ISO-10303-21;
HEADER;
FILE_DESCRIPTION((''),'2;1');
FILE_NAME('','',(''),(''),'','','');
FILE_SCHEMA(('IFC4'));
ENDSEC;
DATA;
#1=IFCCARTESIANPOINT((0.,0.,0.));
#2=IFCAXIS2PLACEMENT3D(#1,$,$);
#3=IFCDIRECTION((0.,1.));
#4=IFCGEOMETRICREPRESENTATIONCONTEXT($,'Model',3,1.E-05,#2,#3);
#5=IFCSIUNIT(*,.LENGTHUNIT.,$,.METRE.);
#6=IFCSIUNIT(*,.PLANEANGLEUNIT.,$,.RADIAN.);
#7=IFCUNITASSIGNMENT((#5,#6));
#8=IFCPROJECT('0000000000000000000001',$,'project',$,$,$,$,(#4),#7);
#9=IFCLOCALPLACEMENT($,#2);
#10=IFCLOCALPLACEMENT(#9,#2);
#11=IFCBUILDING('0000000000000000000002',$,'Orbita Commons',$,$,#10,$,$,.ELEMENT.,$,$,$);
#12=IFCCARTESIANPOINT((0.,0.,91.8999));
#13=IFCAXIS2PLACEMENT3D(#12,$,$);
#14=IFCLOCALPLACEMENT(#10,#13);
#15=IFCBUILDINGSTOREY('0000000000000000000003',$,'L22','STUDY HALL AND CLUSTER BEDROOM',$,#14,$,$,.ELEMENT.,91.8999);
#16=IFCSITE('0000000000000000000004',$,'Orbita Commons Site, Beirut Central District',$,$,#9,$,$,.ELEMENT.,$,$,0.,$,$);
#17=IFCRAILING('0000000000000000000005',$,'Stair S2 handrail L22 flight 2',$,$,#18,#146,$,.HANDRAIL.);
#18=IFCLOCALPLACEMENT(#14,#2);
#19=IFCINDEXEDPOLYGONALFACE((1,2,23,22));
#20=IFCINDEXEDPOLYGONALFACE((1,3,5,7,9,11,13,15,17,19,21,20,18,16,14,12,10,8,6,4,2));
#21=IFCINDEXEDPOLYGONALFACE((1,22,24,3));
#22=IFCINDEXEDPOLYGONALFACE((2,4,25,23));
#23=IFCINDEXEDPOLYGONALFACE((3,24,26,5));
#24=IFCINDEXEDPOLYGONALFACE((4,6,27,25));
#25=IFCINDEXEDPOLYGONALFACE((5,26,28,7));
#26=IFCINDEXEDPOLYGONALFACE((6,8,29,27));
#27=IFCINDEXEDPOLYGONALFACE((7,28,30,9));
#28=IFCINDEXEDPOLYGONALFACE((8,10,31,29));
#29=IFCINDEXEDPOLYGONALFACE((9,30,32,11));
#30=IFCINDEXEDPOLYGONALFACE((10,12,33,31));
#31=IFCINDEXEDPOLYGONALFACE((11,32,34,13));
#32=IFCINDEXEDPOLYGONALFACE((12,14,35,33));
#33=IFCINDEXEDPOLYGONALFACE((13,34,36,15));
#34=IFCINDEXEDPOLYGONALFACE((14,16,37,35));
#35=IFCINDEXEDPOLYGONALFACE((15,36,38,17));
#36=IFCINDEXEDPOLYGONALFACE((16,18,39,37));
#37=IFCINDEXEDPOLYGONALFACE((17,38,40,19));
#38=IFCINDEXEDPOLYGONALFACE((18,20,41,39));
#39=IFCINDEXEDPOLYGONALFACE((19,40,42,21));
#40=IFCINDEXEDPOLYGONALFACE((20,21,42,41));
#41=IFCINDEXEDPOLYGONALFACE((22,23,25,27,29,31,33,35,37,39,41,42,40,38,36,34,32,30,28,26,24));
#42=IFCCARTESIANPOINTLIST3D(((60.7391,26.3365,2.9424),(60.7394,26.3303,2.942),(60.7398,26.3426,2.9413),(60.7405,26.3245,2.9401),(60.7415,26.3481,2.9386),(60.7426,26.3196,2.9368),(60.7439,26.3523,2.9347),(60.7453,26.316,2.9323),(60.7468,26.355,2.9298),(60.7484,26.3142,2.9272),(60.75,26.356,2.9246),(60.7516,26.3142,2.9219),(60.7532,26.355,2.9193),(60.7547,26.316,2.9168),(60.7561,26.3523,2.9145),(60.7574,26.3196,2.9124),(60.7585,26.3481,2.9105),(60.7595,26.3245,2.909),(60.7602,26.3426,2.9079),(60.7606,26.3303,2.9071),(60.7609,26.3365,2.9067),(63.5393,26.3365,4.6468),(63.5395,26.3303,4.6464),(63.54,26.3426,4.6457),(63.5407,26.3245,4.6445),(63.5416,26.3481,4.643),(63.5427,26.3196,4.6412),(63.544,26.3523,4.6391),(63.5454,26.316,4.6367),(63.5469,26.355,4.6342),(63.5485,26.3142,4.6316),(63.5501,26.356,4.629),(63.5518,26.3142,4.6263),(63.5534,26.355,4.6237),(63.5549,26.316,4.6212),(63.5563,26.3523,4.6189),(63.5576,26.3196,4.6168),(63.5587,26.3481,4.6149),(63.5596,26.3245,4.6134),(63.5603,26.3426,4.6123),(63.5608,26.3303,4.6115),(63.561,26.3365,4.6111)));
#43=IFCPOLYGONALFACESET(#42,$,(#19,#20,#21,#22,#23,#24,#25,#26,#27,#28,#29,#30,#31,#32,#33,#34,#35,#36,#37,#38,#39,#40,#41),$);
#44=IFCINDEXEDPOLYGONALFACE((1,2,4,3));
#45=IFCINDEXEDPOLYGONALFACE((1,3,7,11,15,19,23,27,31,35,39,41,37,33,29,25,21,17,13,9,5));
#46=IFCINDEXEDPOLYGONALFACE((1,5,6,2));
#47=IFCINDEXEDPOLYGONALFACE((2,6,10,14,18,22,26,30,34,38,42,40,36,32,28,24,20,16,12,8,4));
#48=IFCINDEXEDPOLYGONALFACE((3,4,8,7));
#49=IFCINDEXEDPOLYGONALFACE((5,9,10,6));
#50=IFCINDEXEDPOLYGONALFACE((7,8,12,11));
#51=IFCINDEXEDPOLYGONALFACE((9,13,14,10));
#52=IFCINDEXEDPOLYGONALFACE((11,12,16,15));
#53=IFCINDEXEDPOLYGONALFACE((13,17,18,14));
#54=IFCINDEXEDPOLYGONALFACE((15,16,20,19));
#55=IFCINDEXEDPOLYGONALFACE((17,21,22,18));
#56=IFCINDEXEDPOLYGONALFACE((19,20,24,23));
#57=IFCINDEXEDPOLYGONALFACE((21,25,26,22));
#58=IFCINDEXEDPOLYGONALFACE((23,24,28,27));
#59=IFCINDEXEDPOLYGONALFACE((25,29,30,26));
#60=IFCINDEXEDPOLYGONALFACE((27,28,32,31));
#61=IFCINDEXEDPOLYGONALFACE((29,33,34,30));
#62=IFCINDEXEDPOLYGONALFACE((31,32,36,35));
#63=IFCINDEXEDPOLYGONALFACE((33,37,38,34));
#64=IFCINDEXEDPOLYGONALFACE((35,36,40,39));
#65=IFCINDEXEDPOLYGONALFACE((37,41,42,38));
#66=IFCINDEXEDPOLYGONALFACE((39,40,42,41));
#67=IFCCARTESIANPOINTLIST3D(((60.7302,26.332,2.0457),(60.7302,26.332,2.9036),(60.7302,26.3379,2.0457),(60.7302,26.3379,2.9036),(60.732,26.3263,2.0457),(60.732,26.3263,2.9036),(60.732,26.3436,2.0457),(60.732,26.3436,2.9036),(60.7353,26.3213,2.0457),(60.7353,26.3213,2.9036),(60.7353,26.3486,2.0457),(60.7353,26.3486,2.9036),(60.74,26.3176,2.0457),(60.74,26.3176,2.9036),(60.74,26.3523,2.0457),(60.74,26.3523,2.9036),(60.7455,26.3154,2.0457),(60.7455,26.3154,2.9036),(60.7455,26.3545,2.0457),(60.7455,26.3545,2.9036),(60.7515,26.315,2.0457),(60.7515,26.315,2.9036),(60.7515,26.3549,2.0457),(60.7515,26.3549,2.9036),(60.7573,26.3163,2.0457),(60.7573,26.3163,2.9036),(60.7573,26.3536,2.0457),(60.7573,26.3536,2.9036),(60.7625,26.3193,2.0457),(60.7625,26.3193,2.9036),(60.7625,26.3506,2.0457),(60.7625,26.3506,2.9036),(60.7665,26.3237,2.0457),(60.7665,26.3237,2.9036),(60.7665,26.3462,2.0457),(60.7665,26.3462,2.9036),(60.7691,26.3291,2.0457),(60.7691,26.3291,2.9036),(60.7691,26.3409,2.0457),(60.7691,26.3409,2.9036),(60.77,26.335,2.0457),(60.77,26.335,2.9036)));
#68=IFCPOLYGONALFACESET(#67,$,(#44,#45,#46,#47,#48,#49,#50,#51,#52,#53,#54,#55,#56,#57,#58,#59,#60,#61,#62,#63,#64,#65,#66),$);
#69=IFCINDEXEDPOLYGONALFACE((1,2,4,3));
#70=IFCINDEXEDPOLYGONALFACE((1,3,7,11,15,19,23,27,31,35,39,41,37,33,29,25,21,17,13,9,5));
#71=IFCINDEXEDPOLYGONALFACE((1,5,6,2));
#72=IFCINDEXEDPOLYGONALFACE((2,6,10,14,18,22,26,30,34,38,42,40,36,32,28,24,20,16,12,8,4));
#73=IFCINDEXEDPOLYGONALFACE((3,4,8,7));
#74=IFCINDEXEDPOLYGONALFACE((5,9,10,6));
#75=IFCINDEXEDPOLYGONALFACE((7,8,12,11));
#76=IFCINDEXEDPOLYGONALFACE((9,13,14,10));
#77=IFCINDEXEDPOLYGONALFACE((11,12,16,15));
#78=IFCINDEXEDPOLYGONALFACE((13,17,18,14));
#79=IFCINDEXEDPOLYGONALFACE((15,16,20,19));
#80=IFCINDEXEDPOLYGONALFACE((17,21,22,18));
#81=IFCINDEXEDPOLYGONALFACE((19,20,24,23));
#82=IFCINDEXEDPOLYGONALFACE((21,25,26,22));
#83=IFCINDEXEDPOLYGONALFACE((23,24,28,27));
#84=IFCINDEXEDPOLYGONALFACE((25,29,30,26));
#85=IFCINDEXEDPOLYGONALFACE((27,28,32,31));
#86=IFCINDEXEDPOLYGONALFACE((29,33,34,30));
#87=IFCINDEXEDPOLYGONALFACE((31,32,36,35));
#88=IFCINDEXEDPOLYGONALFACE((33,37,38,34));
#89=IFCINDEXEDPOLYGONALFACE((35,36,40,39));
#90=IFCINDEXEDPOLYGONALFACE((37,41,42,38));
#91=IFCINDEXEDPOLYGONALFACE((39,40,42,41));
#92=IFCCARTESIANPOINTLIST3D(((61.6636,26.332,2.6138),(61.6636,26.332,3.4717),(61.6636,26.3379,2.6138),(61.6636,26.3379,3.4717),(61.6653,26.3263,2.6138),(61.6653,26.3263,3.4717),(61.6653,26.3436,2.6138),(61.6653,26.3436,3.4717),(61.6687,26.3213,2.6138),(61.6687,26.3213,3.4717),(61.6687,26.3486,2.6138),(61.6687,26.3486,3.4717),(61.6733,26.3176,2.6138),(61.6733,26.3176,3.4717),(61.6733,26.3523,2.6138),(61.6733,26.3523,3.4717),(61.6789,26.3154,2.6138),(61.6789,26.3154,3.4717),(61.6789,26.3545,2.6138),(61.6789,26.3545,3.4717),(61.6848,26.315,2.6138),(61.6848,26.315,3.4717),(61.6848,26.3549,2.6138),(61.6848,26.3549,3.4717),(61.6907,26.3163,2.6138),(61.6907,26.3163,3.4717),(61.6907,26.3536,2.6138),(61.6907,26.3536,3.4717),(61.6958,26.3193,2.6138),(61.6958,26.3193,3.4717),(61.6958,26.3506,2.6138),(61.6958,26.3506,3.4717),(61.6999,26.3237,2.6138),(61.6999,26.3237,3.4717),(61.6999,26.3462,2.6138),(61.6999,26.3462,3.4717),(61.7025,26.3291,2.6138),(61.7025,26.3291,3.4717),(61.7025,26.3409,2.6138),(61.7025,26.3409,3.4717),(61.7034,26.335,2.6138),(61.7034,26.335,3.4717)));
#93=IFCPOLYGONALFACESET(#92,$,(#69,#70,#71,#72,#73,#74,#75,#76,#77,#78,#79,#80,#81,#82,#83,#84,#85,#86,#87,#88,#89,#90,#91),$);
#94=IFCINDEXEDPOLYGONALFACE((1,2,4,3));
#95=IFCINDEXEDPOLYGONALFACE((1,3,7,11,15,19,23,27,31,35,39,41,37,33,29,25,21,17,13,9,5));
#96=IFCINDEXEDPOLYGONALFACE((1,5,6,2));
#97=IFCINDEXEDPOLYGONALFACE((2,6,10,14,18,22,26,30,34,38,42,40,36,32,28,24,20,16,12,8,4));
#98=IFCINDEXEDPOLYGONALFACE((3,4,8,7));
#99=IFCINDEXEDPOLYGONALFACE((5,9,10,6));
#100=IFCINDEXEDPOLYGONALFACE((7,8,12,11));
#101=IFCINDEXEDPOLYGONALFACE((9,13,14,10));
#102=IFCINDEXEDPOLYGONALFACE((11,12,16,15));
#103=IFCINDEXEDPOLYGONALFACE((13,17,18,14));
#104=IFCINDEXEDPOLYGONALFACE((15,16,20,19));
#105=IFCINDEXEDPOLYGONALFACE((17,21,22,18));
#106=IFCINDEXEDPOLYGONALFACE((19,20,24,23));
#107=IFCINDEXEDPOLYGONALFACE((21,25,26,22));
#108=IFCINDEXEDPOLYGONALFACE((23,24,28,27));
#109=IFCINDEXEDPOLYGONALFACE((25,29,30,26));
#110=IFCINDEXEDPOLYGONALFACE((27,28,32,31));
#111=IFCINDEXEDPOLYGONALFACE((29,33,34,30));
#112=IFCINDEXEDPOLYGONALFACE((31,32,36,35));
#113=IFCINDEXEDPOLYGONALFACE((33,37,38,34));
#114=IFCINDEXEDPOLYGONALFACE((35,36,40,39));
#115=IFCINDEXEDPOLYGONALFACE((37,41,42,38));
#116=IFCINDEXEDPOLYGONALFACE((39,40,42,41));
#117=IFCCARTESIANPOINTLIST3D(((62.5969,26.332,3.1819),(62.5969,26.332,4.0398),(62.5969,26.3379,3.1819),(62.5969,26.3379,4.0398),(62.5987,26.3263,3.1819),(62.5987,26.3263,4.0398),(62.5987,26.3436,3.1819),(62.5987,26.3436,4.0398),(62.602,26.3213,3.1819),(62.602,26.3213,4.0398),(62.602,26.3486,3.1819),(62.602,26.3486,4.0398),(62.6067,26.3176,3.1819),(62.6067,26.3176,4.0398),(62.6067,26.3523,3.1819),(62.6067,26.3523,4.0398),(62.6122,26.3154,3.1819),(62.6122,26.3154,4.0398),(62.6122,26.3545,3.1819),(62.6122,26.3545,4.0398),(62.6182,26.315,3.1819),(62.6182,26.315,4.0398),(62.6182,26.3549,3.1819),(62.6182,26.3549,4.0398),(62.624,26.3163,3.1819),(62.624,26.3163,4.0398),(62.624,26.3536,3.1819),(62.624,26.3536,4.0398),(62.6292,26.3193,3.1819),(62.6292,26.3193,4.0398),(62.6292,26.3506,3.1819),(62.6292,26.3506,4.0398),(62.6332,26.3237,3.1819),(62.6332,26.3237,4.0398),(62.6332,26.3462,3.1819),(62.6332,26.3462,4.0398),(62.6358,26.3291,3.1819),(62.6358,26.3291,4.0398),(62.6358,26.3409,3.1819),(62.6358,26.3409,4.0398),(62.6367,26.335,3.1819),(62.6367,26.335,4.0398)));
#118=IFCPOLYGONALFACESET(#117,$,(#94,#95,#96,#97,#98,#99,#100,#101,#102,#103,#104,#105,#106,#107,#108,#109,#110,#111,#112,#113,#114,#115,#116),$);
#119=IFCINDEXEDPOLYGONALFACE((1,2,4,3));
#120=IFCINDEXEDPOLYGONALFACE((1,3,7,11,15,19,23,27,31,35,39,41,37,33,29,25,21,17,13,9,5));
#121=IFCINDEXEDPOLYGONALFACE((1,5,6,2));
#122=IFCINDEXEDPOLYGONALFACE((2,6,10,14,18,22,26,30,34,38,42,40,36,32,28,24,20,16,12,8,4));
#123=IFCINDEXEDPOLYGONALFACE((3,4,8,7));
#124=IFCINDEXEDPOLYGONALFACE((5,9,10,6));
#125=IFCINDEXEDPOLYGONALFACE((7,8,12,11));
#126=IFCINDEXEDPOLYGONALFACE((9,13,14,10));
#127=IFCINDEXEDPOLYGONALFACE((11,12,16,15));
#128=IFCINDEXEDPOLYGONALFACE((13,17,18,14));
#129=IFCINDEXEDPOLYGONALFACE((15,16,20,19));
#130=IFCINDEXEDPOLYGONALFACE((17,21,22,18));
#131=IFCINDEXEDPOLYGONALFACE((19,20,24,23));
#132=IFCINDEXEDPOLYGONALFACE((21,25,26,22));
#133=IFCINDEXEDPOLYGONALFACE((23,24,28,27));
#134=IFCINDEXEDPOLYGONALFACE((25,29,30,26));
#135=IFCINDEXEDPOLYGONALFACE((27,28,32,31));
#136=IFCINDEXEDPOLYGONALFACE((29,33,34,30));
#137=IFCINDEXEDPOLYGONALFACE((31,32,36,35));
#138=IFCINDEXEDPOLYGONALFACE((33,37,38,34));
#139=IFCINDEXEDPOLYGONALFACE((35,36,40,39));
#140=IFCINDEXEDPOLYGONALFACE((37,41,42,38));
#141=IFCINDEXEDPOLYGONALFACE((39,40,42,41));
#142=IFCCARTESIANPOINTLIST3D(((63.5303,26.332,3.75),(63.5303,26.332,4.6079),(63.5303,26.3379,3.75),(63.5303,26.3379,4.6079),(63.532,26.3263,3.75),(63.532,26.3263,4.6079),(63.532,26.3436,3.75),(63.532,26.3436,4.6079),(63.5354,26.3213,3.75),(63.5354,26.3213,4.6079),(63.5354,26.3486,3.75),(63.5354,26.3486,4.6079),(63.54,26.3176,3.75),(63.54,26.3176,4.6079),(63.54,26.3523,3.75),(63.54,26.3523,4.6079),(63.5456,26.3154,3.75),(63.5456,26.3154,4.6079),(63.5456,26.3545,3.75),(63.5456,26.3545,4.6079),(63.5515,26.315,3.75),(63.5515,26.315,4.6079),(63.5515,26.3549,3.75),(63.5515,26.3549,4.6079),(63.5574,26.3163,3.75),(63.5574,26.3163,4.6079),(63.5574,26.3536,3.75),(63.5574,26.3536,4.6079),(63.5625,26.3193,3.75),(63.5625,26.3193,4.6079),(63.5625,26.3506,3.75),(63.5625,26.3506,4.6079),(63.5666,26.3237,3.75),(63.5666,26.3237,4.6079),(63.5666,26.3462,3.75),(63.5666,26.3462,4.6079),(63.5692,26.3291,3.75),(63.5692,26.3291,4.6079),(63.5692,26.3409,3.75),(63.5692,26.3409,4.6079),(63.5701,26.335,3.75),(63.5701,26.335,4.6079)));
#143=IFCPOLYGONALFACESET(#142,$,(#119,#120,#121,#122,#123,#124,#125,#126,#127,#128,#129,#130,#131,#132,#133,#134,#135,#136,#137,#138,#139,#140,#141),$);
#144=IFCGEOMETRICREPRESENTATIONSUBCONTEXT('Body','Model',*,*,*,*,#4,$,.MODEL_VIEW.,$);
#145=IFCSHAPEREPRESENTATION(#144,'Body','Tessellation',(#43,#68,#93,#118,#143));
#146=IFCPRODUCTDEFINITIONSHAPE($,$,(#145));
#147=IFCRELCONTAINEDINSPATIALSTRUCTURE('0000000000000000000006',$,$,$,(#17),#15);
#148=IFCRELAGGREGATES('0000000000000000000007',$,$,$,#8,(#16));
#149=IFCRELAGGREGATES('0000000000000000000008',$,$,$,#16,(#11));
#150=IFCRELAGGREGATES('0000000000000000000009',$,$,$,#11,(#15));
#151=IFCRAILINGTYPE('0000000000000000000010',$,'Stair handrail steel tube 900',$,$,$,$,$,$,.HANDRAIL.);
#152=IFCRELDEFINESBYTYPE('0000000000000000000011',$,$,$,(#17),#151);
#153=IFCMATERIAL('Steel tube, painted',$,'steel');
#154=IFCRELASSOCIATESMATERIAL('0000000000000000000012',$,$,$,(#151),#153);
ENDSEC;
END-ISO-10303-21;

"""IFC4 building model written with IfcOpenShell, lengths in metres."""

from ifc_helpers import new_model, si_unit, direction, frame, origin, origin_2d, place, context, subcontext, project, spatial, circle, extrude, material, type_object, element, save


model = new_model("IFC4")

# Units and contexts
model_context = context("Model", 3, precision=1e-05, world=origin(), true_north=direction((0.0, 1.0)))
body_context = subcontext(model_context, "Body", "Model", "MODEL_VIEW")
ifc_project = project(units=[si_unit("LENGTHUNIT", "METRE"), si_unit("PLANEANGLEUNIT", "RADIAN")], contexts=[model_context])

# Site, building, storey
site_placement = place(None, origin())
site = spatial("IfcSite", under=ifc_project, at=site_placement, Name="Orbita Commons Site, Beirut Central District", CompositionType="ELEMENT", RefElevation=0.0)
building_placement = place(site_placement, origin())
building = spatial("IfcBuilding", under=site, at=building_placement, Name="Orbita Commons", CompositionType="ELEMENT")
storey_placement = place(building_placement, frame((0.0, 0.0, 91.8999)))
storey = spatial("IfcBuildingStorey", under=building, at=storey_placement, Name="L22", Description="STUDY HALL AND CLUSTER BEDROOM", CompositionType="ELEMENT", Elevation=91.8999)

# Railing
ifc_material_1 = material(Name="Steel tube, painted", Category="steel")
railing_type = type_object("IfcRailingType", Name="Stair handrail steel tube 900", PredefinedType="HANDRAIL", material=ifc_material_1)
for number, where, name in (
    (1, (60.75, 26.335, 2.0457), "Stair S2 handrail L22 flight 2"),
):
    element("IfcRailing", number, at=place(storey_placement, frame(where)), inside=storey, type_object=railing_type, Name=name, PredefinedType="HANDRAIL", context=body_context, shape_type="SweptSolid", body=[
        extrude(circle(Radius=0.021, at=origin_2d()), frame((0.0, 0.0, 0.8789), z_axis=(0.854203, 0.0, 0.51994), x_axis=(0.0, 1.0, 0.0)), (0.0, 0.0, 1.0), 3.2781),
        extrude(circle(Radius=0.02, at=origin_2d()), origin(), (0.0, 0.0, 1.0), 0.8579),
        extrude(circle(Radius=0.02, at=origin_2d()), frame((0.9333, 0.0, 0.5681)), (0.0, 0.0, 1.0), 0.8579),
        extrude(circle(Radius=0.02, at=origin_2d()), frame((1.8667, 0.0, 1.1362)), (0.0, 0.0, 1.0), 0.8579),
        extrude(circle(Radius=0.02, at=origin_2d()), frame((2.8, 0.0, 1.7043)), (0.0, 0.0, 1.0), 0.8579),
    ])

save(model, "model.ifc")
